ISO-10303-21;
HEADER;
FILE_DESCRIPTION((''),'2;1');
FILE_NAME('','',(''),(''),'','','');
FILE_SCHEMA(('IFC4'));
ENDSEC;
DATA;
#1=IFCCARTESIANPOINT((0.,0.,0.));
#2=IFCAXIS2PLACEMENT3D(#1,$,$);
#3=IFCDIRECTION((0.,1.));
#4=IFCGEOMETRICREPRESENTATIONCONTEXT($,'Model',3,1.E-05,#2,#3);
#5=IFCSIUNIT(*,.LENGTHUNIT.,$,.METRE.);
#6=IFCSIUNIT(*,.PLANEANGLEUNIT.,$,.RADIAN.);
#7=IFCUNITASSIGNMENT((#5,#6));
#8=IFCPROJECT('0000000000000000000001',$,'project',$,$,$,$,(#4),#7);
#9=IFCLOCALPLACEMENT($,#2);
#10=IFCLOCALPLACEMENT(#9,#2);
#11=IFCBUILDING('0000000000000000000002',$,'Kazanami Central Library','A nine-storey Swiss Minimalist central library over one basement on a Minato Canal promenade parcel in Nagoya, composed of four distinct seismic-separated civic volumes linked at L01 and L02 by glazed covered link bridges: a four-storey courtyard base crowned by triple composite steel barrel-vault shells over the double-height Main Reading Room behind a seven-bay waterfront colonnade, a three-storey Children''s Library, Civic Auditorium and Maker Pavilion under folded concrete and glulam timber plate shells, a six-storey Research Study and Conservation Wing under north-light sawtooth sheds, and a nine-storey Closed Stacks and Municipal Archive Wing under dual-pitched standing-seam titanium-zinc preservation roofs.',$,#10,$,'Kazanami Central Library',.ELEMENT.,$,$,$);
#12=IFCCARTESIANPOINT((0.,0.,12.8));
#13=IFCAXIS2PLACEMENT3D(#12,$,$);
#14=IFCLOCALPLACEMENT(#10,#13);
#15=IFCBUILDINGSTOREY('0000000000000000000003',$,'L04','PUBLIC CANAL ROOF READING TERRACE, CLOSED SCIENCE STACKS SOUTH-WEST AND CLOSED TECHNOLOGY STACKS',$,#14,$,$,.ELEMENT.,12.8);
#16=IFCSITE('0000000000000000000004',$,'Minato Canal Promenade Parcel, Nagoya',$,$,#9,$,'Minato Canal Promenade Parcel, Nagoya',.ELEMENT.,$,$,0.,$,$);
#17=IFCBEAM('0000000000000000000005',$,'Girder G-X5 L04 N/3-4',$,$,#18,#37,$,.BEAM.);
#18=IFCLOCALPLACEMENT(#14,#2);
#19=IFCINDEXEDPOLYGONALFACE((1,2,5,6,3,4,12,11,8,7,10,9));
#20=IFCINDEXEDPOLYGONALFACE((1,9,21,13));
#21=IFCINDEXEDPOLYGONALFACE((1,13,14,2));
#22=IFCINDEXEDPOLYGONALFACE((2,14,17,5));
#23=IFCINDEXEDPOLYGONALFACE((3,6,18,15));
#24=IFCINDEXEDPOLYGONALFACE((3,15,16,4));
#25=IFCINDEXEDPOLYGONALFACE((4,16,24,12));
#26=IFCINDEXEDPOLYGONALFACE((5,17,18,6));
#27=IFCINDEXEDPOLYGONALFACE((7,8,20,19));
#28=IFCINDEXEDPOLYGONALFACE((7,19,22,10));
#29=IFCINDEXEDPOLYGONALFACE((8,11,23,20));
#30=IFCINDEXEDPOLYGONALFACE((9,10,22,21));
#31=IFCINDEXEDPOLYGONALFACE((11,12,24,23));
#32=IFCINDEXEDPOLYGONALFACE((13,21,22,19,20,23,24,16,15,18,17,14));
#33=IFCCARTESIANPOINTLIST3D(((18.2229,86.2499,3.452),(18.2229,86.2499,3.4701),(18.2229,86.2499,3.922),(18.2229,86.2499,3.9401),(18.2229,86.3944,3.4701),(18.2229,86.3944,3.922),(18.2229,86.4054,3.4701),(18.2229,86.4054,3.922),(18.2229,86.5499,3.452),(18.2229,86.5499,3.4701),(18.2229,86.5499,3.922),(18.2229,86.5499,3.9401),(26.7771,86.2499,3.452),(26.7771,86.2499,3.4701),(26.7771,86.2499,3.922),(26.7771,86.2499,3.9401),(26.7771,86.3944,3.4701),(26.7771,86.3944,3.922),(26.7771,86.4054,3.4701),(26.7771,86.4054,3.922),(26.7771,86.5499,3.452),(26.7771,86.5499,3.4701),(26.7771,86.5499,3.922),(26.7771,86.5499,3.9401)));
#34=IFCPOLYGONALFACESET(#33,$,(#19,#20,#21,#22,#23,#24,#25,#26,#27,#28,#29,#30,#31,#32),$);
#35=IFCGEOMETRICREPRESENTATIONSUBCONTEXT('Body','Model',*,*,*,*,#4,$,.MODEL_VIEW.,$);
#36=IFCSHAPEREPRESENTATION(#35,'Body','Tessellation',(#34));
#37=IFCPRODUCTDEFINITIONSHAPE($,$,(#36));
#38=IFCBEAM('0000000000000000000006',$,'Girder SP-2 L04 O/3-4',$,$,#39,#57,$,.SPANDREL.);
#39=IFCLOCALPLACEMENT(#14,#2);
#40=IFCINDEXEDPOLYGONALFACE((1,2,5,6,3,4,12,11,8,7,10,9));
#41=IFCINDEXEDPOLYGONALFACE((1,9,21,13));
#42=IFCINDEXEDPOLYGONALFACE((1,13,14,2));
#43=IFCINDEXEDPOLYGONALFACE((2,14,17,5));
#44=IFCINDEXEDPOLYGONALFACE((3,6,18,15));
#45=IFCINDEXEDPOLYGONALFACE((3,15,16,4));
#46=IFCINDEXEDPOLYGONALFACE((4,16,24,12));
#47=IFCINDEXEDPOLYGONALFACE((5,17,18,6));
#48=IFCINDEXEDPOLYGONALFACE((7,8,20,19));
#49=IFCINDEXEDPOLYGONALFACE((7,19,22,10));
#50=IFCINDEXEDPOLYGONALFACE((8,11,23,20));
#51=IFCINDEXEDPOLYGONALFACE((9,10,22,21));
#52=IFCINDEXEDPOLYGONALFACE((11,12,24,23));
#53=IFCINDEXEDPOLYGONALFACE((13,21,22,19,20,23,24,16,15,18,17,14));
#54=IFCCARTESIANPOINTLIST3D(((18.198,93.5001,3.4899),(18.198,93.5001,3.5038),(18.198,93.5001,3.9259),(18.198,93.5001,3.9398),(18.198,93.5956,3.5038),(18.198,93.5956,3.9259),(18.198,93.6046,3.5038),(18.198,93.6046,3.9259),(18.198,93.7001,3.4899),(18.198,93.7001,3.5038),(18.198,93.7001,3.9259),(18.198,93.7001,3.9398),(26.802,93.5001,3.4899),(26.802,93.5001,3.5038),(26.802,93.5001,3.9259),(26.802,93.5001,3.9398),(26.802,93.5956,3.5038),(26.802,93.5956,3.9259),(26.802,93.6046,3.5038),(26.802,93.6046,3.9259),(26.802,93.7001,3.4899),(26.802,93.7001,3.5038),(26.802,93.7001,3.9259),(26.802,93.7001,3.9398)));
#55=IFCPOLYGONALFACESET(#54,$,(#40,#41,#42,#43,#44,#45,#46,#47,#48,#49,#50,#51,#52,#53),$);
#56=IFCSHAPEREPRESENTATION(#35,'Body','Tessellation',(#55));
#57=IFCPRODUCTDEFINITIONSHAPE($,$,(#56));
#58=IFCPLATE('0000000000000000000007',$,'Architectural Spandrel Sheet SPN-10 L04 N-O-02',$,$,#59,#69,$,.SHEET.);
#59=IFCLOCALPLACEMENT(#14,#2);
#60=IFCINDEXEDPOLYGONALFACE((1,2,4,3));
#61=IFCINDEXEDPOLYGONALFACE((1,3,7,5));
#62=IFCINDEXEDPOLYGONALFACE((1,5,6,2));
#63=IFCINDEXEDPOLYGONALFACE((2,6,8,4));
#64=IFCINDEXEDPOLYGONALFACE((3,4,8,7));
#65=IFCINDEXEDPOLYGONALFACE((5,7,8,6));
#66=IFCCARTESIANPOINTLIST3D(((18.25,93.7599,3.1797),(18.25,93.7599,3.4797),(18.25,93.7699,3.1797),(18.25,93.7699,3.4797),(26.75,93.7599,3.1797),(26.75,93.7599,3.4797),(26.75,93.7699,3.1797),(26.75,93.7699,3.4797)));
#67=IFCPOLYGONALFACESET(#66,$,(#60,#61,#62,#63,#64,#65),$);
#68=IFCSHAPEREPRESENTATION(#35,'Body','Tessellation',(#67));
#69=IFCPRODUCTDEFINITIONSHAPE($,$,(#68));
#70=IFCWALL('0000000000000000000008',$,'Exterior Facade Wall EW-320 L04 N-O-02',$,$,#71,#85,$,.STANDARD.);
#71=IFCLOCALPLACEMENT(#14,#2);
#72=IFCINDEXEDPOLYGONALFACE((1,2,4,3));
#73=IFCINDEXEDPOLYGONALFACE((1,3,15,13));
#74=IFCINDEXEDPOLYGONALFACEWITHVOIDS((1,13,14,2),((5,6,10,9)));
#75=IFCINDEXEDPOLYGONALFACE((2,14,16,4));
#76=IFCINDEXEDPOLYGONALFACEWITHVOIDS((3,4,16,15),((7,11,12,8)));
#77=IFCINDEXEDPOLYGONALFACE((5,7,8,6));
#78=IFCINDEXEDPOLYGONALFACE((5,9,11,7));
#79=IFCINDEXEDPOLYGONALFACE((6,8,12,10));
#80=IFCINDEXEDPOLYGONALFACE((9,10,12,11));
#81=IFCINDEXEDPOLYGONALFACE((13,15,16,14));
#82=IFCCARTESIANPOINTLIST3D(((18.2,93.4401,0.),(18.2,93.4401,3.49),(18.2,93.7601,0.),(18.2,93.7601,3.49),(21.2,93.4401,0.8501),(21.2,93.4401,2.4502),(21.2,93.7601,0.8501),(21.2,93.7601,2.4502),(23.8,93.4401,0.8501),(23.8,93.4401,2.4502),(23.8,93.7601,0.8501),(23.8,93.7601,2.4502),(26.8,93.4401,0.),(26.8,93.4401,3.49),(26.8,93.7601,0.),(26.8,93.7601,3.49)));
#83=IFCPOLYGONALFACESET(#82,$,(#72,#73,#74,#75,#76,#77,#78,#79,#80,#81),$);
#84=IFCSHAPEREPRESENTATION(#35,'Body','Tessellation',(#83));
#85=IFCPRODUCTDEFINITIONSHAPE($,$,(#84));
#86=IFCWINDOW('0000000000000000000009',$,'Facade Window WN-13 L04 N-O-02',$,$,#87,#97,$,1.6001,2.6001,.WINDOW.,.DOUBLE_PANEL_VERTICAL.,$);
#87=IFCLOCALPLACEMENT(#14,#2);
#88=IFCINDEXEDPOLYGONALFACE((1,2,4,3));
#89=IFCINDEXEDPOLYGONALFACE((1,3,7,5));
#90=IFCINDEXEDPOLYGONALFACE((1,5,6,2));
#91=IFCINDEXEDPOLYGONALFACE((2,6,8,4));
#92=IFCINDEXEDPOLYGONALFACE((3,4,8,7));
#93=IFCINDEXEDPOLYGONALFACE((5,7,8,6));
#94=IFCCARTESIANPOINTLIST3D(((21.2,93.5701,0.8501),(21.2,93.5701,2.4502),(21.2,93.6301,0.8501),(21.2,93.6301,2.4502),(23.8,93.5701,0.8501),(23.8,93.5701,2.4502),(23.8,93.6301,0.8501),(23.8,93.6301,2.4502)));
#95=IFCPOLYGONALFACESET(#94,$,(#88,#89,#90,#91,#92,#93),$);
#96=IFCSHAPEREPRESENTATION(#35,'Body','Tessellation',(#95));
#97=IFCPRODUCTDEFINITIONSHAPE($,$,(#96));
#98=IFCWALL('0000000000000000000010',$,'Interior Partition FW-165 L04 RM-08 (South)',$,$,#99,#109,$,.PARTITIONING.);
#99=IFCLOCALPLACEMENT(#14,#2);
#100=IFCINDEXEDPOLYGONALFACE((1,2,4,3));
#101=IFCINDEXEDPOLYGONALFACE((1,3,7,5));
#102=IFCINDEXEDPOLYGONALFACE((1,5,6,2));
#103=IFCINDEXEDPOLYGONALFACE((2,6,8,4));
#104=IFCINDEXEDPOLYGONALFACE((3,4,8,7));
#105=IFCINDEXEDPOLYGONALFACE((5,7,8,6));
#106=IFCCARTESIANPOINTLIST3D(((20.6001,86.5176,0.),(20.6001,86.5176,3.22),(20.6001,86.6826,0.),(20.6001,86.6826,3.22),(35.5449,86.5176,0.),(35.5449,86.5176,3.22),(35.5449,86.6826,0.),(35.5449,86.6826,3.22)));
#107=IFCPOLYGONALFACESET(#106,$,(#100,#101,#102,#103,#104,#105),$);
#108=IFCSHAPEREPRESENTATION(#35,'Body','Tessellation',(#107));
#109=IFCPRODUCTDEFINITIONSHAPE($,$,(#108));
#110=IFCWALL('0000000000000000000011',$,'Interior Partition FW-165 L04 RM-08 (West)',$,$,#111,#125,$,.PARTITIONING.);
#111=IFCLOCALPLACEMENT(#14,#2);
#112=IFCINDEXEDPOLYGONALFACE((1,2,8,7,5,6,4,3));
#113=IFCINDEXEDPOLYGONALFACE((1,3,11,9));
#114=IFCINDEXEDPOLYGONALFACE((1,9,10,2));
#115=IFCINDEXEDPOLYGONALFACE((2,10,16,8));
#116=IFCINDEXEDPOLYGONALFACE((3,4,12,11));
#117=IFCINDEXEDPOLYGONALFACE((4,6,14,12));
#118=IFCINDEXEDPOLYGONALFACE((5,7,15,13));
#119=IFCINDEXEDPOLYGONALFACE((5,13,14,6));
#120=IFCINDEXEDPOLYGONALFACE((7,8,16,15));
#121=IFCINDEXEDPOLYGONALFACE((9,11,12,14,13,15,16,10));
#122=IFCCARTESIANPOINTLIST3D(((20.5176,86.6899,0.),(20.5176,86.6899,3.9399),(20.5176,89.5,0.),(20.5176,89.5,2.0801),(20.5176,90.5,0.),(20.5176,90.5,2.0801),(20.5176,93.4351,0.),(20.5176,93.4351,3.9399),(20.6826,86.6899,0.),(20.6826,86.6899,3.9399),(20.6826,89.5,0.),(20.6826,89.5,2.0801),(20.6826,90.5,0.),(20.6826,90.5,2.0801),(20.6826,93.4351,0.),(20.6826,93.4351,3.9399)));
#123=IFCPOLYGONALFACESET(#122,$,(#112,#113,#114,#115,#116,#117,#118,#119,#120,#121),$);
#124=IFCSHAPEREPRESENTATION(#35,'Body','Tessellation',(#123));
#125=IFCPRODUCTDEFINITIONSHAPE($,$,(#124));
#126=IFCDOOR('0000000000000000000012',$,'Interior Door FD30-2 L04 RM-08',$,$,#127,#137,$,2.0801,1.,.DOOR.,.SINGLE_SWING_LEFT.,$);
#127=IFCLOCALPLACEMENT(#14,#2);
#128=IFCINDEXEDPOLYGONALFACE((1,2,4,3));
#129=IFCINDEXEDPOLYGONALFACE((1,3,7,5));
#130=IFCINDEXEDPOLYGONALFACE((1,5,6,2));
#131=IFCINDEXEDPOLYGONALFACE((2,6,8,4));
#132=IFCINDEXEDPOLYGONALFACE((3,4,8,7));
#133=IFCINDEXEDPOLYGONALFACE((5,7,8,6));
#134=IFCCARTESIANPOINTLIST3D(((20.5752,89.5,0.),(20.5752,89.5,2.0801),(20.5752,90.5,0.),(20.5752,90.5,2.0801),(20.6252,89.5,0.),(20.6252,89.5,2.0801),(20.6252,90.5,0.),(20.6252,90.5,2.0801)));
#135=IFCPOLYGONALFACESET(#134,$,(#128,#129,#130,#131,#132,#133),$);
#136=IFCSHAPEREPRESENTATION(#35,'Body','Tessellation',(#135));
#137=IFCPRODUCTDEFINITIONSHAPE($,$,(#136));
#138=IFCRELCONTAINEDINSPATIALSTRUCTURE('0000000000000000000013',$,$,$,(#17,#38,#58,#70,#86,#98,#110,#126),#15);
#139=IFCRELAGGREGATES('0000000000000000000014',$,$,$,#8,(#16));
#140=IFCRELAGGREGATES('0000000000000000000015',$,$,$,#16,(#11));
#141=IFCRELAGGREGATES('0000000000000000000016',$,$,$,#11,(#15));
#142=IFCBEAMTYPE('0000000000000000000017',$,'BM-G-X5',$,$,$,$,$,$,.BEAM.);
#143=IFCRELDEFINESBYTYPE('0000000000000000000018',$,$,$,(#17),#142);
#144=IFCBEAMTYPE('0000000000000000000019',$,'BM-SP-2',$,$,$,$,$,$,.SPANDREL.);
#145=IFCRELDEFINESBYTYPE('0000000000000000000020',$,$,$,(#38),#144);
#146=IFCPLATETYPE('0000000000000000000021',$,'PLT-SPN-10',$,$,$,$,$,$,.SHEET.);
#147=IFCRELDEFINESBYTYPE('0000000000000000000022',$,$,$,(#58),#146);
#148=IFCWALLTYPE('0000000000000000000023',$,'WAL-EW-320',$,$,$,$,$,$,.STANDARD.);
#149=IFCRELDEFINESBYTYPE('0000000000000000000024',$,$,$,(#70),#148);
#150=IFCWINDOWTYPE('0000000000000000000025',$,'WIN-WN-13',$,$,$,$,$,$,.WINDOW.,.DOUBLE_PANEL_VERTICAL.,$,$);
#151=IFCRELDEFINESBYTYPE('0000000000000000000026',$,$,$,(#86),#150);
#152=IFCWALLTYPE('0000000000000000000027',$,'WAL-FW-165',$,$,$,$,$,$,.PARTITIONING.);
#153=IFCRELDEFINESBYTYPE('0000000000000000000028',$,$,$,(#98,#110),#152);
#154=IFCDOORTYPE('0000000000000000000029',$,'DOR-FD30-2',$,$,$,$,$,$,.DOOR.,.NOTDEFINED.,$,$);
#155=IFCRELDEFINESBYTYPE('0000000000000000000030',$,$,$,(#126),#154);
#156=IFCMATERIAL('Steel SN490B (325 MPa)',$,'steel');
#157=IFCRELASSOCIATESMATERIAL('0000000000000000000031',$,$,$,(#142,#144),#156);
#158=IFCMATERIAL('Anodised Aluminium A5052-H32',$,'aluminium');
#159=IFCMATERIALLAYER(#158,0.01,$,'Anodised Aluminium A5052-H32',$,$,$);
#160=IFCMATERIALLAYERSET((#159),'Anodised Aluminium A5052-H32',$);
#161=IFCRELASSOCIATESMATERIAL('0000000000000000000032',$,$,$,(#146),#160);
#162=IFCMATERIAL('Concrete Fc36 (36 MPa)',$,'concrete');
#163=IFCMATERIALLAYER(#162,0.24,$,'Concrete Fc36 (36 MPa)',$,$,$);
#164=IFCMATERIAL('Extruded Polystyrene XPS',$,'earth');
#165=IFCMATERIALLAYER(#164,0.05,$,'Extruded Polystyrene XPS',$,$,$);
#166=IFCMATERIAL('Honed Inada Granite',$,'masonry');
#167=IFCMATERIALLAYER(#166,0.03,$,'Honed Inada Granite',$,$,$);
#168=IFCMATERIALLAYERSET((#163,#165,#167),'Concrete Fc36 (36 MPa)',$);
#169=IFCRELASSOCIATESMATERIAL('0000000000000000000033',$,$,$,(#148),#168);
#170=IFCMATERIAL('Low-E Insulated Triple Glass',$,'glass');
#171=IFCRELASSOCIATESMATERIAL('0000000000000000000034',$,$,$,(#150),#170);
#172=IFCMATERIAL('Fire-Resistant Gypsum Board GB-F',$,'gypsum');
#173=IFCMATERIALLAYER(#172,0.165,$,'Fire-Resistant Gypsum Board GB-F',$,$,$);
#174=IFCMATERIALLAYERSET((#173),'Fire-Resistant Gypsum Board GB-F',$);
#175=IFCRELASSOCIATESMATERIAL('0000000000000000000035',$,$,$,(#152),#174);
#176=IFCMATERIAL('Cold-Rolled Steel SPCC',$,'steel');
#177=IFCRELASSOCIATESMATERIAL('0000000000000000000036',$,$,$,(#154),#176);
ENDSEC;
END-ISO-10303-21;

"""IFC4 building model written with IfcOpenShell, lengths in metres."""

from ifc_helpers import new_model, si_unit, direction, frame, frame_2d, origin, origin_2d, place, context, subcontext, project, spatial, rectangle, i_section, extrude, material, layer, layer_set, material_profile, profile_set, type_object, element, fill, save


model = new_model("IFC4")

# Units and contexts
model_context = context("Model", 3, precision=1e-05, world=origin(), true_north=direction((0.0, 1.0)))
body_context = subcontext(model_context, "Body", "Model", "MODEL_VIEW")
ifc_project = project(units=[si_unit("LENGTHUNIT", "METRE"), si_unit("PLANEANGLEUNIT", "RADIAN")], contexts=[model_context])

# Site, building, storey
site_placement = place(None, origin())
site = spatial("IfcSite", under=ifc_project, at=site_placement, Name="Minato Canal Promenade Parcel, Nagoya", LongName="Minato Canal Promenade Parcel, Nagoya", CompositionType="ELEMENT", RefElevation=0.0)
building_placement = place(site_placement, origin())
building = spatial("IfcBuilding", under=site, at=building_placement, Name="Kazanami Central Library", Description="A nine-storey Swiss Minimalist central library over one basement on a Minato Canal promenade parcel in Nagoya, composed of four distinct seismic-separated civic volumes linked at L01 and L02 by glazed covered link bridges: a four-storey courtyard base crowned by triple composite steel barrel-vault shells over the double-height Main Reading Room behind a seven-bay waterfront colonnade, a three-storey Children's Library, Civic Auditorium and Maker Pavilion under folded concrete and glulam timber plate shells, a six-storey Research Study and Conservation Wing under north-light sawtooth sheds, and a nine-storey Closed Stacks and Municipal Archive Wing under dual-pitched standing-seam titanium-zinc preservation roofs.", LongName="Kazanami Central Library", CompositionType="ELEMENT")
storey_placement = place(building_placement, frame((0.0, 0.0, 12.8)))
storey = spatial("IfcBuildingStorey", under=building, at=storey_placement, Name="L04", Description="PUBLIC CANAL ROOF READING TERRACE, CLOSED SCIENCE STACKS SOUTH-WEST AND CLOSED TECHNOLOGY STACKS", CompositionType="ELEMENT", Elevation=12.8)

# Beams
ifc_material_1 = material(Name="Steel SN490B (325 MPa)", Category="steel")
ifc_material_profile_1 = material_profile(ifc_material_1, i_section(OverallWidth=0.3, OverallDepth=0.488, WebThickness=0.011, FlangeThickness=0.0181, at=origin_2d()), Name="H-488x300x11x18")
ifc_profile_set_1 = profile_set([ifc_material_profile_1], Name="Steel SN490B (325 MPa)")
beam_type_1 = type_object("IfcBeamType", Name="BM-G-X5", PredefinedType="BEAM", material=ifc_profile_set_1)
beam_1_placement = place(storey_placement, frame((18.2229, 86.3999, 3.696), z_axis=(1.0, 0.0, 0.0), x_axis=(0.0, 1.0, 0.0)))
element("IfcBeam", 1, at=beam_1_placement, inside=storey, type_object=beam_type_1, Name="Girder G-X5 L04 N/3-4", PredefinedType="BEAM", context=body_context, shape_type="SweptSolid", body=[
    extrude(i_section(OverallWidth=0.3, OverallDepth=0.488, WebThickness=0.011, FlangeThickness=0.0181, at=origin_2d()), origin(), (0.0, 0.0, 1.0), 8.5542),
])
ifc_material_profile_2 = material_profile(ifc_material_1, i_section(OverallWidth=0.2, OverallDepth=0.45, WebThickness=0.009, FlangeThickness=0.0139, at=origin_2d()), Name="H-450x200x9x14")
ifc_profile_set_2 = profile_set([ifc_material_profile_2], Name="Steel SN490B (325 MPa)")
beam_type_2 = type_object("IfcBeamType", Name="BM-SP-2", PredefinedType="SPANDREL", material=ifc_profile_set_2)
beam_2_placement = place(storey_placement, frame((18.198, 93.6001, 3.7148), z_axis=(1.0, 0.0, 0.0), x_axis=(0.0, 1.0, 0.0)))
element("IfcBeam", 2, at=beam_2_placement, inside=storey, type_object=beam_type_2, Name="Girder SP-2 L04 O/3-4", PredefinedType="SPANDREL", context=body_context, shape_type="SweptSolid", body=[
    extrude(i_section(OverallWidth=0.2, OverallDepth=0.45, WebThickness=0.009, FlangeThickness=0.0139, at=origin_2d()), origin(), (0.0, 0.0, 1.0), 8.604),
])

# Plate
ifc_material_2 = material(Name="Anodised Aluminium A5052-H32", Category="aluminium")
ifc_layer_1 = layer(ifc_material_2, 0.01, Name="Anodised Aluminium A5052-H32")
ifc_layer_set_1 = layer_set([ifc_layer_1], Name="Anodised Aluminium A5052-H32")
plate_type = type_object("IfcPlateType", Name="PLT-SPN-10", PredefinedType="SHEET", material=ifc_layer_set_1)
plate_placement = place(storey_placement, frame((22.5, 93.7649, 3.1797), z_axis=(0.0, 0.0, 1.0), x_axis=(-1.0, 0.0, 0.0)))
element("IfcPlate", 3, at=plate_placement, inside=storey, type_object=plate_type, Name="Architectural Spandrel Sheet SPN-10 L04 N-O-02", PredefinedType="SHEET", context=body_context, shape_type="SweptSolid", body=[
    extrude(rectangle(XDim=8.5, YDim=0.01, at=origin_2d()), origin(), (0.0, 0.0, 1.0), 0.3),
])

# Wall, opening, window
ifc_material_3 = material(Name="Concrete Fc36 (36 MPa)", Category="concrete")
ifc_layer_2 = layer(ifc_material_3, 0.24, Name="Concrete Fc36 (36 MPa)")
ifc_material_4 = material(Name="Extruded Polystyrene XPS", Category="earth")
ifc_layer_3 = layer(ifc_material_4, 0.05, Name="Extruded Polystyrene XPS")
ifc_material_5 = material(Name="Honed Inada Granite", Category="masonry")
ifc_layer_4 = layer(ifc_material_5, 0.03, Name="Honed Inada Granite")
ifc_layer_set_2 = layer_set([ifc_layer_2, ifc_layer_3, ifc_layer_4], Name="Concrete Fc36 (36 MPa)")
wall_type_1 = type_object("IfcWallType", Name="WAL-EW-320", PredefinedType="STANDARD", material=ifc_layer_set_2)
wall_1_placement = place(storey_placement, frame((26.8, 93.6001, 0.0), z_axis=(0.0, 0.0, 1.0), x_axis=(-1.0, 0.0, 0.0)))
wall_1 = element("IfcWall", 4, at=wall_1_placement, inside=storey, type_object=wall_type_1, Name="Exterior Facade Wall EW-320 L04 N-O-02", PredefinedType="STANDARD", context=body_context, shape_type="SweptSolid", body=[
    extrude(rectangle(XDim=8.6001, YDim=0.3201, at=frame_2d((4.3, 0.0))), origin(), (0.0, 0.0, 1.0), 3.49),
])
opening_1_placement = place(wall_1_placement, frame((3.0, 0.0, 0.8501)))
opening_1 = element("IfcOpeningElement", 5, at=opening_1_placement, cuts=wall_1, PredefinedType="OPENING", context=body_context, shape_type="SweptSolid", body=[
    extrude(rectangle(XDim=2.6001, YDim=1.6001, at=frame_2d((1.3, 0.8))), frame((0.0, 0.1719, 0.0), z_axis=(0.0, -1.0, 0.0), x_axis=(1.0, 0.0, 0.0)), (0.0, 0.0, 1.0), 0.344),
])
ifc_material_6 = material(Name="Low-E Insulated Triple Glass", Category="glass")
window_type = type_object("IfcWindowType", Name="WIN-WN-13", PartitioningType="DOUBLE_PANEL_VERTICAL", PredefinedType="WINDOW", material=ifc_material_6)
window_placement = place(opening_1_placement, origin())
window = element("IfcWindow", 6, at=window_placement, inside=storey, type_object=window_type, Name="Facade Window WN-13 L04 N-O-02", OverallHeight=1.6001, OverallWidth=2.6001, PartitioningType="DOUBLE_PANEL_VERTICAL", PredefinedType="WINDOW", context=body_context, shape_type="SweptSolid", body=[
    extrude(rectangle(XDim=2.6001, YDim=1.6001, at=frame_2d((1.3, 0.8))), frame((0.0, 0.03, 0.0), z_axis=(0.0, -1.0, 0.0), x_axis=(1.0, 0.0, 0.0)), (0.0, 0.0, 1.0), 0.0601),
])
fill(opening_1, window)

# Wall
ifc_material_7 = material(Name="Fire-Resistant Gypsum Board GB-F", Category="gypsum")
ifc_layer_5 = layer(ifc_material_7, 0.165, Name="Fire-Resistant Gypsum Board GB-F")
ifc_layer_set_3 = layer_set([ifc_layer_5], Name="Fire-Resistant Gypsum Board GB-F")
wall_type_2 = type_object("IfcWallType", Name="WAL-FW-165", PredefinedType="PARTITIONING", material=ifc_layer_set_3)
wall_2_placement = place(storey_placement, frame((20.6001, 86.6001, 0.0), z_axis=(0.0, 0.0, 1.0), x_axis=(1.0, 0.0, 0.0)))
element("IfcWall", 7, at=wall_2_placement, inside=storey, type_object=wall_type_2, Name="Interior Partition FW-165 L04 RM-08 (South)", PredefinedType="PARTITIONING", context=body_context, shape_type="SweptSolid", body=[
    extrude(rectangle(XDim=14.9448, YDim=0.165, at=frame_2d((7.4724, 0.0))), origin(), (0.0, 0.0, 1.0), 3.22),
])

# Wall, opening, door
wall_3_placement = place(storey_placement, frame((20.6001, 86.6899, 0.0), z_axis=(0.0, 0.0, 1.0), x_axis=(0.0, 1.0, 0.0)))
wall_3 = element("IfcWall", 8, at=wall_3_placement, inside=storey, type_object=wall_type_2, Name="Interior Partition FW-165 L04 RM-08 (West)", PredefinedType="PARTITIONING", context=body_context, shape_type="SweptSolid", body=[
    extrude(rectangle(XDim=6.7451, YDim=0.165, at=frame_2d((3.3726, 0.0))), origin(), (0.0, 0.0, 1.0), 3.9399),
])
opening_2_placement = place(wall_3_placement, frame((2.8101, 0.0, 0.0)))
opening_2 = element("IfcOpeningElement", 9, at=opening_2_placement, cuts=wall_3, PredefinedType="OPENING", context=body_context, shape_type="SweptSolid", body=[
    extrude(rectangle(XDim=1.0, YDim=2.0801, at=frame_2d((0.5, 1.04))), frame((0.0, 0.0945, 0.0), z_axis=(0.0, -1.0, 0.0), x_axis=(1.0, 0.0, 0.0)), (0.0, 0.0, 1.0), 0.189),
])
ifc_material_8 = material(Name="Cold-Rolled Steel SPCC", Category="steel")
door_type_1 = type_object("IfcDoorType", Name="DOR-FD30-2", OperationType="NOTDEFINED", PredefinedType="DOOR", material=ifc_material_8)
door_1_placement = place(opening_2_placement, origin())
door_1 = element("IfcDoor", 10, at=door_1_placement, inside=storey, type_object=door_type_1, Name="Interior Door FD30-2 L04 RM-08", OperationType="SINGLE_SWING_LEFT", OverallHeight=2.0801, OverallWidth=1.0, PredefinedType="DOOR", context=body_context, shape_type="SweptSolid", body=[
    extrude(rectangle(XDim=1.0, YDim=2.0801, at=frame_2d((0.5, 1.04))), frame((0.0, 0.0249, 0.0), z_axis=(0.0, -1.0, 0.0), x_axis=(1.0, 0.0, 0.0)), (0.0, 0.0, 1.0), 0.05),
])
fill(opening_2, door_1)

save(model, "model.ifc")
